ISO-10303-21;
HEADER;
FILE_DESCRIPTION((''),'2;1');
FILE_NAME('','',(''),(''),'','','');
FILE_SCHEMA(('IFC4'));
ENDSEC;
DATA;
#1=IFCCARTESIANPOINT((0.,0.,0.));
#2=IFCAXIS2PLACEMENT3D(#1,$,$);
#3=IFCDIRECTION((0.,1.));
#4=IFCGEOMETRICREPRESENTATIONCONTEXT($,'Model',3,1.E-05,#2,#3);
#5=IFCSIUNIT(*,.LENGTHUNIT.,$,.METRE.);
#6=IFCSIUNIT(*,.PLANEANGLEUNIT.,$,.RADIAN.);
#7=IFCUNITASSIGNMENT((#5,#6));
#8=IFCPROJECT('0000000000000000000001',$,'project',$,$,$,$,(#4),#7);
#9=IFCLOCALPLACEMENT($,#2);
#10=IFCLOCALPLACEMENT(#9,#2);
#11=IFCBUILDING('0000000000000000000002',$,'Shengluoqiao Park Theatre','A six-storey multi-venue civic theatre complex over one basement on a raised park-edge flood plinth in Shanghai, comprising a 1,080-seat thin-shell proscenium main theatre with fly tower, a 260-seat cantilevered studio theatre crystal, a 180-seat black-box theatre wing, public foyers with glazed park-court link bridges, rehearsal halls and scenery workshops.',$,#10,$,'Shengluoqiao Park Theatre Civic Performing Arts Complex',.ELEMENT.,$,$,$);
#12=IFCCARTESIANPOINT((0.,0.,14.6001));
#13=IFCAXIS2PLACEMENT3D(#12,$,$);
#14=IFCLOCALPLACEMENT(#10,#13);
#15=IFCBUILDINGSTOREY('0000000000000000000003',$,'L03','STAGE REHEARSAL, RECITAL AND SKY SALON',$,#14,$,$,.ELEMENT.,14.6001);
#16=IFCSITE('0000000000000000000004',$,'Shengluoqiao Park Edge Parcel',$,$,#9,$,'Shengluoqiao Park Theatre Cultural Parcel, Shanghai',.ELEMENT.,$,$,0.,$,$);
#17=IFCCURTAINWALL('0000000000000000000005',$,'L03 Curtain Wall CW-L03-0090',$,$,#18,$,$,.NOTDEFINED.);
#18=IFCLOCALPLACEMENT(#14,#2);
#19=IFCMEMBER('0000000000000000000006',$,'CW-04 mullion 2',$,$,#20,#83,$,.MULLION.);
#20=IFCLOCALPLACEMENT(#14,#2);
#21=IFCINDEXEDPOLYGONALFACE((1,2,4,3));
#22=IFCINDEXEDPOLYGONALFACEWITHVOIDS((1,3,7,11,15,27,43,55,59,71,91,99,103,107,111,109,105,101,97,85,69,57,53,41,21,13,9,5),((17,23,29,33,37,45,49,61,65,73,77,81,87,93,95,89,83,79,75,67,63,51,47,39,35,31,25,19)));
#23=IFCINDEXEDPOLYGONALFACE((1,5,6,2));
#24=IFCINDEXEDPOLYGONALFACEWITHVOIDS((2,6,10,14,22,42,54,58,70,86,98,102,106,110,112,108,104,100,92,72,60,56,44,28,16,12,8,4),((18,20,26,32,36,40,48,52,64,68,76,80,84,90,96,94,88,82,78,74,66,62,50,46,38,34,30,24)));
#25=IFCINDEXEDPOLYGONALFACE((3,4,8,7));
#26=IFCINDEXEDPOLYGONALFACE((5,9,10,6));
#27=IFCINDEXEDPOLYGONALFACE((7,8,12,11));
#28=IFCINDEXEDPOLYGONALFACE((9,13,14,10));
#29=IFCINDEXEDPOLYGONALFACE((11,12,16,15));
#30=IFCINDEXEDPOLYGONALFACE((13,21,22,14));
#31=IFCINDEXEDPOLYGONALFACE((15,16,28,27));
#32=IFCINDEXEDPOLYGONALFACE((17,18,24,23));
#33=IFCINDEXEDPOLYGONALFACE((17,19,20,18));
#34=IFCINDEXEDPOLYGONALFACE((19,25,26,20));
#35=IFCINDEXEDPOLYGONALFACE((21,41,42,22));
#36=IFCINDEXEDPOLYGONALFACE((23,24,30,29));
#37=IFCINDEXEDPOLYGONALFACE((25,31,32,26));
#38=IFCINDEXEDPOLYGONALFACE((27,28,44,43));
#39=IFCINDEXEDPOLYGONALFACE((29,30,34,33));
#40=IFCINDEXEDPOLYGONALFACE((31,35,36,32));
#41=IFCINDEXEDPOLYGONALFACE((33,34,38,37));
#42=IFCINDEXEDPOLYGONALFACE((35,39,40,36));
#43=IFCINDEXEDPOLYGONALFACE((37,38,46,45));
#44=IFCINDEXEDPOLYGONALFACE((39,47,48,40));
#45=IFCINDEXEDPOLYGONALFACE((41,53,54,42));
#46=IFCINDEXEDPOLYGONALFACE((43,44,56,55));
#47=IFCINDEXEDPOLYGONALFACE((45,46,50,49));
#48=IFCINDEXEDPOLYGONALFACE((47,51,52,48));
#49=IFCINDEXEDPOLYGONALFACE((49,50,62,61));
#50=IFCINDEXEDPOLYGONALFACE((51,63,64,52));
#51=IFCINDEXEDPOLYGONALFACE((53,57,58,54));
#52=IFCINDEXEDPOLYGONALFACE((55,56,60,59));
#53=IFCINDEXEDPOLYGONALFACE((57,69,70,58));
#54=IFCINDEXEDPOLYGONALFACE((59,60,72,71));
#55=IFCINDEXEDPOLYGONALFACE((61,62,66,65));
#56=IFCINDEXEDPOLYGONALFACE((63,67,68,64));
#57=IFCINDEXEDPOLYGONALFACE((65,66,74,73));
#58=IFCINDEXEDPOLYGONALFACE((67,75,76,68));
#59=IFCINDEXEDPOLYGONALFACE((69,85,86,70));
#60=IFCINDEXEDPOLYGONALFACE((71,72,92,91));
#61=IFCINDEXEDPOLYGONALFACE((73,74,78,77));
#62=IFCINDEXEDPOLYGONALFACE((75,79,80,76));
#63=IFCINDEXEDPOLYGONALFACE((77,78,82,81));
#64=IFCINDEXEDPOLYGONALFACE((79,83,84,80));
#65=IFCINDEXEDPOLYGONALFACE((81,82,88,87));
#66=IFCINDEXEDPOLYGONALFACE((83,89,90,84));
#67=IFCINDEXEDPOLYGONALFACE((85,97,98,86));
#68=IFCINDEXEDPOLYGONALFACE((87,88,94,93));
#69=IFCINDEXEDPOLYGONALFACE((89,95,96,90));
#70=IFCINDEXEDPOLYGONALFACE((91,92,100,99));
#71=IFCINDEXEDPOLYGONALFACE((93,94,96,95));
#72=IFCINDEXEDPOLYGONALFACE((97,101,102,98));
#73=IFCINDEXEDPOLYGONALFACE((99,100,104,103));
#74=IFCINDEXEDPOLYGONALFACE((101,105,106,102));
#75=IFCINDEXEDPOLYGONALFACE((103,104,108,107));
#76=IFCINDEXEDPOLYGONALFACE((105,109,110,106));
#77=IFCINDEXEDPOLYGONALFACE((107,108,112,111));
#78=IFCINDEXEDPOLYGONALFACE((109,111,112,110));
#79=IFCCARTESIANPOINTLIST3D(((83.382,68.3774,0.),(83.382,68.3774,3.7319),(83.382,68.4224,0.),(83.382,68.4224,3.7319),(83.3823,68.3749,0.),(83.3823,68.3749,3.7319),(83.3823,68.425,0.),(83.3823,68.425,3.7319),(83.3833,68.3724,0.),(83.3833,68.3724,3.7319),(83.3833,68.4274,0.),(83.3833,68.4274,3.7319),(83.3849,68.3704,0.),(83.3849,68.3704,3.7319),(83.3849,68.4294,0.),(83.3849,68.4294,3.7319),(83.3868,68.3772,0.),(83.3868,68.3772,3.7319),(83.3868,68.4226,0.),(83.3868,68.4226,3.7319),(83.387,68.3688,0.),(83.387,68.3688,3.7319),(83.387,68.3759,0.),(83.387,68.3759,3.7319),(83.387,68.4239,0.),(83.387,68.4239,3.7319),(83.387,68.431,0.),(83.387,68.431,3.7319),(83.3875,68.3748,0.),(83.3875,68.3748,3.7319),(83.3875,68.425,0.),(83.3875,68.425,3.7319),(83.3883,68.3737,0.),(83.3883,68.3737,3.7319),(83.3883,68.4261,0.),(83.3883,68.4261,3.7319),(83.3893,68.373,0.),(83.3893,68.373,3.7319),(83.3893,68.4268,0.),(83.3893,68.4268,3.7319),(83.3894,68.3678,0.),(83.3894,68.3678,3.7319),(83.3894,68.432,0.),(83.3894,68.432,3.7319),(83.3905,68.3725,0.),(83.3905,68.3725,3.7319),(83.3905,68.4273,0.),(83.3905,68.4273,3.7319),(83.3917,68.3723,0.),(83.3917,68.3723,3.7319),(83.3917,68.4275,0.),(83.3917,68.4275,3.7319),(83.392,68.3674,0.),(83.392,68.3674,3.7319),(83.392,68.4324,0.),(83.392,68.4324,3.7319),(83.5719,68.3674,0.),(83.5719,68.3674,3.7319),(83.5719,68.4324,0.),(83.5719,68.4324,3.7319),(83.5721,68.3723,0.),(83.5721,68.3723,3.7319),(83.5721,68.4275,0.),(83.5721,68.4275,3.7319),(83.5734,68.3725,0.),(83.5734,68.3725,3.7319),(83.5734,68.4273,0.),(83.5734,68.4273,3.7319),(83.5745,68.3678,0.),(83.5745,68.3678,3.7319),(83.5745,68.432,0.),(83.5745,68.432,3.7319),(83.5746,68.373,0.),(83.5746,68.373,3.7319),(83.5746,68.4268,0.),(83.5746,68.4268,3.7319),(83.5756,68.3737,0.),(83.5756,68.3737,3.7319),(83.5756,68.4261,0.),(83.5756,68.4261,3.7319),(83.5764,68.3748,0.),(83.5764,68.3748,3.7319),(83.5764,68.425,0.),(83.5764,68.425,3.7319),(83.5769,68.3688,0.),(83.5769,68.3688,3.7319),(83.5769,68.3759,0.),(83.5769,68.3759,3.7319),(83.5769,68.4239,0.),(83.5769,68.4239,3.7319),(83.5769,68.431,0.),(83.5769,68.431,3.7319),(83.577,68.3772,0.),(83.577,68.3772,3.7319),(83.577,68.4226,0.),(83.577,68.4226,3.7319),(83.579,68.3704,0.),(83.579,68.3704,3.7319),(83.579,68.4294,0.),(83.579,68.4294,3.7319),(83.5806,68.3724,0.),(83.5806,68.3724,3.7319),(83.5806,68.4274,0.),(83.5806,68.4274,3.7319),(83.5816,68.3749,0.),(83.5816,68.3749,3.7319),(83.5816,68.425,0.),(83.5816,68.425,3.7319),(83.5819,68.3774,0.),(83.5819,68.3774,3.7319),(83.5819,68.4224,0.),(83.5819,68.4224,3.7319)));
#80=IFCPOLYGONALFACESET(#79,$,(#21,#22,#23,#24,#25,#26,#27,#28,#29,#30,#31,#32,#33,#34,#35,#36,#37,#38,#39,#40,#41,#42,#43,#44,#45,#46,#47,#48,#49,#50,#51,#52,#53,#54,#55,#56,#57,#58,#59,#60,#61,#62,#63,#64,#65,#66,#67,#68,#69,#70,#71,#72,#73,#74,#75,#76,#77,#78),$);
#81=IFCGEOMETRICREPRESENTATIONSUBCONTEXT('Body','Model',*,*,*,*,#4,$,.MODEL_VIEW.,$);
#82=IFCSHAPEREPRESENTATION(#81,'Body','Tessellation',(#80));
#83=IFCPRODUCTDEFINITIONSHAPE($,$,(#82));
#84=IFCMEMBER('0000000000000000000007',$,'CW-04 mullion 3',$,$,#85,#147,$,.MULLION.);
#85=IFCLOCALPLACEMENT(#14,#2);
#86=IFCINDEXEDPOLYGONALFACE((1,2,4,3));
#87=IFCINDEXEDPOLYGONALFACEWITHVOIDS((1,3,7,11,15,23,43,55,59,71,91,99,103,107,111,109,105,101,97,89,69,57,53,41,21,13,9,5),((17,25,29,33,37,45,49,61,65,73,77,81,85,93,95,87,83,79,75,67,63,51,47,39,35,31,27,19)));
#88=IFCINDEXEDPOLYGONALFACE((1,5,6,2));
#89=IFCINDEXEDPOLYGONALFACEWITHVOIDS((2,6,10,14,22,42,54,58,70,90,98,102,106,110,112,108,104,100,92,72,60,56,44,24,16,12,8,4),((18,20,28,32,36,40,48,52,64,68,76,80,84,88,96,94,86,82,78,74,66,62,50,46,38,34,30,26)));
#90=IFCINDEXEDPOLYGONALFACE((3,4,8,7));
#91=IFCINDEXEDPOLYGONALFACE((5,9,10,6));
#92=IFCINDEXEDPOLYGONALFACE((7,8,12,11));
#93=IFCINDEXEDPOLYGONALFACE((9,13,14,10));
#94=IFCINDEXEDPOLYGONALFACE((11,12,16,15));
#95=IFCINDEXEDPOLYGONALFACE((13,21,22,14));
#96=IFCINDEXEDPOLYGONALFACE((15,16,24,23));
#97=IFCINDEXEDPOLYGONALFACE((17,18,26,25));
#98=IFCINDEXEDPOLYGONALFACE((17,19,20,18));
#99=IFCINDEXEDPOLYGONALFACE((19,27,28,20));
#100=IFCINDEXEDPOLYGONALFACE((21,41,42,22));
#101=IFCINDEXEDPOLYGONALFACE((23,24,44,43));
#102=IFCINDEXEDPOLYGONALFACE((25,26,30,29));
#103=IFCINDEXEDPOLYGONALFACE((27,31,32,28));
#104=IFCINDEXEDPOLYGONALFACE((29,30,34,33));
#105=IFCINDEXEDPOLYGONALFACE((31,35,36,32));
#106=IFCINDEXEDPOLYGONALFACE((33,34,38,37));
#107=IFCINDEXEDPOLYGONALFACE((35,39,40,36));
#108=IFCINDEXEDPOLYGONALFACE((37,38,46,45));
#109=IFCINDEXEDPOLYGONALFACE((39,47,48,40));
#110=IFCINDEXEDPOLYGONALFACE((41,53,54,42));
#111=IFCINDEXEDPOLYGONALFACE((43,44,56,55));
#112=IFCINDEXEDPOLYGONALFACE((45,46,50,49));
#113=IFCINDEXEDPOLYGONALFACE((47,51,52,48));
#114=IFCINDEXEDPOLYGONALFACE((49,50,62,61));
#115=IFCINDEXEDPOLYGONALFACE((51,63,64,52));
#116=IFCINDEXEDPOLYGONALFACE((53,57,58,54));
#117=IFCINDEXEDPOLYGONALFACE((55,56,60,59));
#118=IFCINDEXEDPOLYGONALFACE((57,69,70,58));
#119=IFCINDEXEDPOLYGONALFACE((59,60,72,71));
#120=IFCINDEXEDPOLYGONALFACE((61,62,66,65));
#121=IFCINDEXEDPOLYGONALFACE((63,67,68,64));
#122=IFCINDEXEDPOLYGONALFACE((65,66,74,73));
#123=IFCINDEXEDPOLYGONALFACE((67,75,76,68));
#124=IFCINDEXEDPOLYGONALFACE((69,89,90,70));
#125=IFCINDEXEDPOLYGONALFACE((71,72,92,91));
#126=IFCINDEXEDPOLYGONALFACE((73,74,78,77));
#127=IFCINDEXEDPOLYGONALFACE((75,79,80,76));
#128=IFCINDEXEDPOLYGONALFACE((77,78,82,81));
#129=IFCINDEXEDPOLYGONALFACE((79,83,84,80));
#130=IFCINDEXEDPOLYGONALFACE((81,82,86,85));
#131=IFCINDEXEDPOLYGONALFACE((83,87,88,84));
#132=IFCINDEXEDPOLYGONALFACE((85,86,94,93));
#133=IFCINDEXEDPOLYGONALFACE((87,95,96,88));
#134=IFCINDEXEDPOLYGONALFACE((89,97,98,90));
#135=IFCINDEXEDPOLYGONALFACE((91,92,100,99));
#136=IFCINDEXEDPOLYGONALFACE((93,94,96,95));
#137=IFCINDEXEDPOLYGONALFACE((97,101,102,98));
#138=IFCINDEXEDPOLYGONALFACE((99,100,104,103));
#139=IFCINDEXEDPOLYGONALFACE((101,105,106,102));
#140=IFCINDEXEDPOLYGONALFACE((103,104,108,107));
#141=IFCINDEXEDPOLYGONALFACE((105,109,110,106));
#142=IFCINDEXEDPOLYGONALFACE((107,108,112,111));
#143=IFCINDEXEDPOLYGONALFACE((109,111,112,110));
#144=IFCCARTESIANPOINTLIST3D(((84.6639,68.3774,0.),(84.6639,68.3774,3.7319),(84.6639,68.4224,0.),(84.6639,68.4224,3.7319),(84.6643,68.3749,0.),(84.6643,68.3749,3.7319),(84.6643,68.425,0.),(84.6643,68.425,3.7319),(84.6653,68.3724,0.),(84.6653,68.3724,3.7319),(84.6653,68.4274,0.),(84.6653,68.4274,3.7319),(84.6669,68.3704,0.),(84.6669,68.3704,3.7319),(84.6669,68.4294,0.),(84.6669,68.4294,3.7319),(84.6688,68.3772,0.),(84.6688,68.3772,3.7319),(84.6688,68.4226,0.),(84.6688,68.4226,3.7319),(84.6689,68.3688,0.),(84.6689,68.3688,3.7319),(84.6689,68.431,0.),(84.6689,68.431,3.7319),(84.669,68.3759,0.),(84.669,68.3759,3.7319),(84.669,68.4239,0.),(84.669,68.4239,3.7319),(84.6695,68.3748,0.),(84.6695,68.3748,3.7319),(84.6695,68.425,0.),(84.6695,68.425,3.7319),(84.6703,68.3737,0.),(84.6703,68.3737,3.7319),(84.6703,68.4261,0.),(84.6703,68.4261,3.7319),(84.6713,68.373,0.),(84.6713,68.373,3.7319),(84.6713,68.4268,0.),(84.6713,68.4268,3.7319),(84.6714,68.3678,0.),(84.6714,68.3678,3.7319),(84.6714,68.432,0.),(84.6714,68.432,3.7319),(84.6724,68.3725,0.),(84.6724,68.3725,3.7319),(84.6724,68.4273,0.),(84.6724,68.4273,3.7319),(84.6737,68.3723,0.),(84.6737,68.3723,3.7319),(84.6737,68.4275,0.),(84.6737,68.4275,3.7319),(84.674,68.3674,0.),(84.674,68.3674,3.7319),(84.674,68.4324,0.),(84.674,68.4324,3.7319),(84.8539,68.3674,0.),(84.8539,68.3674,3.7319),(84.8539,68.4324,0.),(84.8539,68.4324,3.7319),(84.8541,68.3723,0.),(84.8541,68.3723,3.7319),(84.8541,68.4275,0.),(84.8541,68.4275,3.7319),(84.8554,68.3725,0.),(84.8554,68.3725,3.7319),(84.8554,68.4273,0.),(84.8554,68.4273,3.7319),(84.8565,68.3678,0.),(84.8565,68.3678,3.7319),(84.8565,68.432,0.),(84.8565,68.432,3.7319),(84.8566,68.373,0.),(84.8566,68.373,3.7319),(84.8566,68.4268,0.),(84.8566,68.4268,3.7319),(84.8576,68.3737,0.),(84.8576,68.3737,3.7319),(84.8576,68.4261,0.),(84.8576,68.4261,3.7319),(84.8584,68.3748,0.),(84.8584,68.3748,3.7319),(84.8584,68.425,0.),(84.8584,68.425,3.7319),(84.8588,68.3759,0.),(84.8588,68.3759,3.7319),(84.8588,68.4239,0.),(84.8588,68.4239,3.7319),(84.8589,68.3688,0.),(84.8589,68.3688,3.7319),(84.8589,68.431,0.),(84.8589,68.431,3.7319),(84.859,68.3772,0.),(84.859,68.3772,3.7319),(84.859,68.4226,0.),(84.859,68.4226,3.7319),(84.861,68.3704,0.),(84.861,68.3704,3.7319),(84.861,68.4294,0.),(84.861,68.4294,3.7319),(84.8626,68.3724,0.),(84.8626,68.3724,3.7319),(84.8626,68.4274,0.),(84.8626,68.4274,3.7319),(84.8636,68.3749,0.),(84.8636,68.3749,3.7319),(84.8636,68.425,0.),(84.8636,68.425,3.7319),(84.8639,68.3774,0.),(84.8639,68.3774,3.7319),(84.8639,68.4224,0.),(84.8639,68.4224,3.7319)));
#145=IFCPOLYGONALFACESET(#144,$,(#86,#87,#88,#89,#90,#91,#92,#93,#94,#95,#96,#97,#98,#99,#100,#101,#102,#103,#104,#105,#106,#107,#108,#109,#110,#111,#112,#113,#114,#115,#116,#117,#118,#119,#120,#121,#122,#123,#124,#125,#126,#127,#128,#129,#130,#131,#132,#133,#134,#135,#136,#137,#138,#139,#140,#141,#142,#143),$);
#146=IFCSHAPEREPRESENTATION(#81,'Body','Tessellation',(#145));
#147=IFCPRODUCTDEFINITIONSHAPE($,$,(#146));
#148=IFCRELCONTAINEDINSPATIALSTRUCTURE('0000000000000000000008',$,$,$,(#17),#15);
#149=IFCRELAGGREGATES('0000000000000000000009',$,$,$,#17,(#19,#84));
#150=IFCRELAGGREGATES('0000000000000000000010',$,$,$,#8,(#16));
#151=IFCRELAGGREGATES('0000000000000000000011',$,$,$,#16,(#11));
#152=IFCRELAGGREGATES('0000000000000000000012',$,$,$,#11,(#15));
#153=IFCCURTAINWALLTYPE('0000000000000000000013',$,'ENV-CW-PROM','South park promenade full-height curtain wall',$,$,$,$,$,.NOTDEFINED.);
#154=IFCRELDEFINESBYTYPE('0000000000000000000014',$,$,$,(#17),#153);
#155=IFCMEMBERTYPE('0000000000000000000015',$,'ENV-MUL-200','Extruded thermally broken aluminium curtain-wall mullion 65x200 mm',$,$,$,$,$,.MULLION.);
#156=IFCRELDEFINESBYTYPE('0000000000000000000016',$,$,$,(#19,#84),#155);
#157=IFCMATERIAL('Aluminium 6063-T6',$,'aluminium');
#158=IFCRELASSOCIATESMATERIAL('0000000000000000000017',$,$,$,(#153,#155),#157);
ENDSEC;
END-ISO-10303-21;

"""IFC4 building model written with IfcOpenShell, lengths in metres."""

from ifc_helpers import new_model, si_unit, direction, frame, origin, origin_2d, place, context, subcontext, project, spatial, hollow_rectangle, extrude, material, material_profile, profile_set, type_object, element, aggregate, save


model = new_model("IFC4")

# Units and contexts
model_context = context("Model", 3, precision=1e-05, world=origin(), true_north=direction((0.0, 1.0)))
body_context = subcontext(model_context, "Body", "Model", "MODEL_VIEW")
ifc_project = project(units=[si_unit("LENGTHUNIT", "METRE"), si_unit("PLANEANGLEUNIT", "RADIAN")], contexts=[model_context])

# Site, building, storey
site_placement = place(None, origin())
site = spatial("IfcSite", under=ifc_project, at=site_placement, Name="Shengluoqiao Park Edge Parcel", LongName="Shengluoqiao Park Theatre Cultural Parcel, Shanghai", CompositionType="ELEMENT", RefElevation=0.0)
building_placement = place(site_placement, origin())
building = spatial("IfcBuilding", under=site, at=building_placement, Name="Shengluoqiao Park Theatre", Description="A six-storey multi-venue civic theatre complex over one basement on a raised park-edge flood plinth in Shanghai, comprising a 1,080-seat thin-shell proscenium main theatre with fly tower, a 260-seat cantilevered studio theatre crystal, a 180-seat black-box theatre wing, public foyers with glazed park-court link bridges, rehearsal halls and scenery workshops.", LongName="Shengluoqiao Park Theatre Civic Performing Arts Complex", CompositionType="ELEMENT")
storey_placement = place(building_placement, frame((0.0, 0.0, 14.6001)))
storey = spatial("IfcBuildingStorey", under=building, at=storey_placement, Name="L03", Description="STAGE REHEARSAL, RECITAL AND SKY SALON", CompositionType="ELEMENT", Elevation=14.6001)

# Shared definitions
ifc_material_1 = material(Name="Aluminium 6063-T6", Category="aluminium")
curtain_wall_type = type_object("IfcCurtainWallType", Name="ENV-CW-PROM", Description="South park promenade full-height curtain wall", PredefinedType="NOTDEFINED", material=ifc_material_1)
ifc_material_profile_1 = material_profile(ifc_material_1, hollow_rectangle(XDim=0.0649, YDim=0.2, WallThickness=0.0049, InnerFilletRadius=0.0049, OuterFilletRadius=0.01, at=origin_2d()), Name="ALU MULLION 200x65x5")
ifc_profile_set_1 = profile_set([ifc_material_profile_1], Name="Aluminium 6063-T6")
member_type_1 = type_object("IfcMemberType", Name="ENV-MUL-200", Description="Extruded thermally broken aluminium curtain-wall mullion 65x200 mm", PredefinedType="MULLION", material=ifc_profile_set_1)

# Curtain wall, members
curtain_wall_1_placement = place(storey_placement, origin())
curtain_wall_1 = element("IfcCurtainWall", 1, at=curtain_wall_1_placement, inside=storey, type_object=curtain_wall_type, Name="L03 Curtain Wall CW-L03-0090", PredefinedType="NOTDEFINED")
member_1_placement = place(storey_placement, frame((83.4819, 68.3999, 0.0), z_axis=(0.0, 0.0, 1.0), x_axis=(0.0, 1.0, 0.0)))
member_1 = element("IfcMember", 2, at=member_1_placement, type_object=member_type_1, Name="CW-04 mullion 2", PredefinedType="MULLION", context=body_context, shape_type="SweptSolid", body=[
    extrude(hollow_rectangle(XDim=0.0649, YDim=0.2, WallThickness=0.0049, InnerFilletRadius=0.0049, OuterFilletRadius=0.01, at=origin_2d()), origin(), (0.0, 0.0, 1.0), 3.7319),
])
member_2_placement = place(storey_placement, frame((84.7639, 68.3999, 0.0), z_axis=(0.0, 0.0, 1.0), x_axis=(0.0, 1.0, 0.0)))
member_2 = element("IfcMember", 3, at=member_2_placement, type_object=member_type_1, Name="CW-04 mullion 3", PredefinedType="MULLION", context=body_context, shape_type="SweptSolid", body=[
    extrude(hollow_rectangle(XDim=0.0649, YDim=0.2, WallThickness=0.0049, InnerFilletRadius=0.0049, OuterFilletRadius=0.01, at=origin_2d()), origin(), (0.0, 0.0, 1.0), 3.7319),
])

aggregate(curtain_wall_1, [member_1, member_2])

save(model, "model.ifc")
